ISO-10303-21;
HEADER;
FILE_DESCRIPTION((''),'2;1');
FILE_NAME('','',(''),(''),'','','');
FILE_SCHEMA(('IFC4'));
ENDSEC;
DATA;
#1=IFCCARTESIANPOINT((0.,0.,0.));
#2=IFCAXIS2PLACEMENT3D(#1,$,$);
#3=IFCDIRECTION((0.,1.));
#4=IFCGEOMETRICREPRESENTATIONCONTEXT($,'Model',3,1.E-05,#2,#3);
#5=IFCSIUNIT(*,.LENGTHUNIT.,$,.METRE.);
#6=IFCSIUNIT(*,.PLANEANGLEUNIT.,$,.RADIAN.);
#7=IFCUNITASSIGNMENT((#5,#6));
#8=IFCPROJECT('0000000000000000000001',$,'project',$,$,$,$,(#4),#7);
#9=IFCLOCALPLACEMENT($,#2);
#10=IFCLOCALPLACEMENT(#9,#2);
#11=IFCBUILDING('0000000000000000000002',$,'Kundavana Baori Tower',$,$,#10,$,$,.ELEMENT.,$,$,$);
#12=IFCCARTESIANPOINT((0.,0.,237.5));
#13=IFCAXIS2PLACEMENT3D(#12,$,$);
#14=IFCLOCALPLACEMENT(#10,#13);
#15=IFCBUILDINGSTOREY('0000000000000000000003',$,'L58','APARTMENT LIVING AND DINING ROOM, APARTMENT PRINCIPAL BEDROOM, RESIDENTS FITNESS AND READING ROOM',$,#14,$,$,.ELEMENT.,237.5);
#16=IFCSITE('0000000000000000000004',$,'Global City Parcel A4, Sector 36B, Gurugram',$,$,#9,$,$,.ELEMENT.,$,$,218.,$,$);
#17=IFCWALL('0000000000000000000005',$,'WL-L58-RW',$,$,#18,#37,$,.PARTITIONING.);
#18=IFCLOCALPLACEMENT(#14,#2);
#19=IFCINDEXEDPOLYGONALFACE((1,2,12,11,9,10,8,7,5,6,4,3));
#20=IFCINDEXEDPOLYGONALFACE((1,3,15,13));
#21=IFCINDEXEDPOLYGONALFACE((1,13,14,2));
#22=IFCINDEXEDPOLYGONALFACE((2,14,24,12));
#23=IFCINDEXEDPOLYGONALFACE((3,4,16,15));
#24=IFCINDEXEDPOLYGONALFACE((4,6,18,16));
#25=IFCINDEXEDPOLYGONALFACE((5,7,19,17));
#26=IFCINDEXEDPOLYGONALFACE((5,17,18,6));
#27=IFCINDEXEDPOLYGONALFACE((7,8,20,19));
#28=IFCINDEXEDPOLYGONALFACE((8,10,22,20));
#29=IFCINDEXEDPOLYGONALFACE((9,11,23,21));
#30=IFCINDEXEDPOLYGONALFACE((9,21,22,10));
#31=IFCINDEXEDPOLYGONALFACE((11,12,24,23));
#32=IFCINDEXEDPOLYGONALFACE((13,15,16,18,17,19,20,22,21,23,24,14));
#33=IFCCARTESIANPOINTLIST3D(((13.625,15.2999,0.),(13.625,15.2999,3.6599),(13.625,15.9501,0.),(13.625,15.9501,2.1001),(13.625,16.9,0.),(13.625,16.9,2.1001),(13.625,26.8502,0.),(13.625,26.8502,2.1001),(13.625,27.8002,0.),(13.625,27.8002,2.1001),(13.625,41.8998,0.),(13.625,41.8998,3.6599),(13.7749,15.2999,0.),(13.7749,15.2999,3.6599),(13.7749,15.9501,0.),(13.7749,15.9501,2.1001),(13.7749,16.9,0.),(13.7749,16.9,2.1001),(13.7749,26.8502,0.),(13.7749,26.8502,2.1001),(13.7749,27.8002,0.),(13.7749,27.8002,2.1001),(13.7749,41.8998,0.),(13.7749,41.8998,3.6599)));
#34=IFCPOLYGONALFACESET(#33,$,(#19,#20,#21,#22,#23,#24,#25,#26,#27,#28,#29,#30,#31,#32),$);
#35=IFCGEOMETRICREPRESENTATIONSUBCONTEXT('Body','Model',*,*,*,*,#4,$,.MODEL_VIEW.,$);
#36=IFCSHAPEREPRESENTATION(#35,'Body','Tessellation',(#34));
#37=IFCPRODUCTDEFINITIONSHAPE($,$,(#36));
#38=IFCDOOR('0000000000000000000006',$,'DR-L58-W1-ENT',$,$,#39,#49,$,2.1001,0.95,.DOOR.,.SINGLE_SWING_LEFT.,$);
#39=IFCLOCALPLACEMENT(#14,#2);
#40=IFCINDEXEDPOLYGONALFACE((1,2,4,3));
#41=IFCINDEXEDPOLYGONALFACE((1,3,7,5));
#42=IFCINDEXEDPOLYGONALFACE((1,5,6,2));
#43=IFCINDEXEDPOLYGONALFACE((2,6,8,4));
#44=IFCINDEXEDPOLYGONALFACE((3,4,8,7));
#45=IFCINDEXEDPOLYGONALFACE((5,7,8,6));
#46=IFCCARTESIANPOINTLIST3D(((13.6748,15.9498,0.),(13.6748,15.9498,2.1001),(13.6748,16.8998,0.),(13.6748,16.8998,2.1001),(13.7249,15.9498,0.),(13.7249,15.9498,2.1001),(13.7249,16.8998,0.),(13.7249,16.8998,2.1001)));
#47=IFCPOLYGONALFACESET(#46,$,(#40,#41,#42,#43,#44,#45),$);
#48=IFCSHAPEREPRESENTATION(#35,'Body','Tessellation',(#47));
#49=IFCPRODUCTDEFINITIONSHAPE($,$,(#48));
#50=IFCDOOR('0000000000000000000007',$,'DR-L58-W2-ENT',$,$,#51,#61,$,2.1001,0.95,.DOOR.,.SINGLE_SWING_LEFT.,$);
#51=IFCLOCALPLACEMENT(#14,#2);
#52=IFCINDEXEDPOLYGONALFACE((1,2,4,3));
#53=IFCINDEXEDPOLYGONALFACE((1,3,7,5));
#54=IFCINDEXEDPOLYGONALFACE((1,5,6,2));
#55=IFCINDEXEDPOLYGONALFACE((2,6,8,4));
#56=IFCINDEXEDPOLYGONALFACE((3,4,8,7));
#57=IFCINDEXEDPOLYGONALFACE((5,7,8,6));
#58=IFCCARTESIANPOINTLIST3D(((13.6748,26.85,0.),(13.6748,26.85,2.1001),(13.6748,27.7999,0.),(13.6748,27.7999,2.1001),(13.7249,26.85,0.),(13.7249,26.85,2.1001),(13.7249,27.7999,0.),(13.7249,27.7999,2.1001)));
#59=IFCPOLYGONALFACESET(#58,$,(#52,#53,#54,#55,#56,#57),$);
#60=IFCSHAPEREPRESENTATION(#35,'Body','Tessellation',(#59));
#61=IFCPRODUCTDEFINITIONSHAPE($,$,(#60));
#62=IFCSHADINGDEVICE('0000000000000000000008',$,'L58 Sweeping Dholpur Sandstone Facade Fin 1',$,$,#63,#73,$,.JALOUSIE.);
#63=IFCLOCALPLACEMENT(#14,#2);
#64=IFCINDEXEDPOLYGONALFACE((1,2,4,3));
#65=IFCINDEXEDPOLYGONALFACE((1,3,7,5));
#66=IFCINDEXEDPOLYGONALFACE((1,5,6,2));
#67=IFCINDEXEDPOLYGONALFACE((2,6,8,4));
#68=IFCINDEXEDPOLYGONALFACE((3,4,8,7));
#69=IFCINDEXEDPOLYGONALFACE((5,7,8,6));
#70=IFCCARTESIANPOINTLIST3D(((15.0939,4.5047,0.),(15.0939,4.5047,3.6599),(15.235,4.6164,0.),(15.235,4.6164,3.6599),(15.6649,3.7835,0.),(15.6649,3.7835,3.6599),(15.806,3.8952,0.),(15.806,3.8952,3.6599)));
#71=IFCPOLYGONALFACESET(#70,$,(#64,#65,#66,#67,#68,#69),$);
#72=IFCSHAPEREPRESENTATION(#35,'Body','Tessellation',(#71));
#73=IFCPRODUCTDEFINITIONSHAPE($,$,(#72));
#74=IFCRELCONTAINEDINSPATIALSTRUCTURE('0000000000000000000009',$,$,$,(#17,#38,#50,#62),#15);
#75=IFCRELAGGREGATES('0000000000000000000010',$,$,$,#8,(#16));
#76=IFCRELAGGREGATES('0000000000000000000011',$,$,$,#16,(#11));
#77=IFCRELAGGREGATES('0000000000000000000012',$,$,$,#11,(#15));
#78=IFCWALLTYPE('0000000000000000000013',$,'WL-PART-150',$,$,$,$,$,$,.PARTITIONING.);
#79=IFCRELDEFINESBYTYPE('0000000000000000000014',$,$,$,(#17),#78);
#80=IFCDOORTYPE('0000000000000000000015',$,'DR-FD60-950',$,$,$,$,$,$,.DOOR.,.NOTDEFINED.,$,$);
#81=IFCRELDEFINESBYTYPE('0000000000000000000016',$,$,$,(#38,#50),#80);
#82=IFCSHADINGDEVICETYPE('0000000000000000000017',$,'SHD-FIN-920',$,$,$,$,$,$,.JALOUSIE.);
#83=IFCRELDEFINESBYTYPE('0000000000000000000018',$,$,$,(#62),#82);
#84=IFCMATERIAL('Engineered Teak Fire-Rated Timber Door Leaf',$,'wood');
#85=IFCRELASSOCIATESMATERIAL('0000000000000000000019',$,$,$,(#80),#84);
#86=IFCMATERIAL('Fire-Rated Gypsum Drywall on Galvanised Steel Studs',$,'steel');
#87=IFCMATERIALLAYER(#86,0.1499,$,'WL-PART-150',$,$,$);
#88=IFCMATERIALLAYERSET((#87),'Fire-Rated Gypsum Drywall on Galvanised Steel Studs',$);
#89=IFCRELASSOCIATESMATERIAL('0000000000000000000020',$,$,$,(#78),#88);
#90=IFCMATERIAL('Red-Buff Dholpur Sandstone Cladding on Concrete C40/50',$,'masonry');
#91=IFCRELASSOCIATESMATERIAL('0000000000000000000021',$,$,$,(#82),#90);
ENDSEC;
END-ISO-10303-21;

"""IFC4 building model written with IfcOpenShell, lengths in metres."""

from ifc_helpers import new_model, si_unit, direction, frame, frame_2d, origin, origin_2d, place, context, subcontext, project, spatial, rectangle, extrude, material, layer, layer_set, type_object, element, fill, save


model = new_model("IFC4")

# Units and contexts
model_context = context("Model", 3, precision=1e-05, world=origin(), true_north=direction((0.0, 1.0)))
body_context = subcontext(model_context, "Body", "Model", "MODEL_VIEW")
ifc_project = project(units=[si_unit("LENGTHUNIT", "METRE"), si_unit("PLANEANGLEUNIT", "RADIAN")], contexts=[model_context])

# Site, building, storey
site_placement = place(None, origin())
site = spatial("IfcSite", under=ifc_project, at=site_placement, Name="Global City Parcel A4, Sector 36B, Gurugram", CompositionType="ELEMENT", RefElevation=218.0)
building_placement = place(site_placement, origin())
building = spatial("IfcBuilding", under=site, at=building_placement, Name="Kundavana Baori Tower", CompositionType="ELEMENT")
storey_placement = place(building_placement, frame((0.0, 0.0, 237.5)))
storey = spatial("IfcBuildingStorey", under=building, at=storey_placement, Name="L58", Description="APARTMENT LIVING AND DINING ROOM, APARTMENT PRINCIPAL BEDROOM, RESIDENTS FITNESS AND READING ROOM", CompositionType="ELEMENT", Elevation=237.5)

# Shared definitions
ifc_material_1 = material(Name="Engineered Teak Fire-Rated Timber Door Leaf", Category="wood")
door_type_1 = type_object("IfcDoorType", Name="DR-FD60-950", OperationType="NOTDEFINED", PredefinedType="DOOR", material=ifc_material_1)

# Shared definitions
ifc_material_2 = material(Name="Fire-Rated Gypsum Drywall on Galvanised Steel Studs", Category="steel")
ifc_layer_1 = layer(ifc_material_2, 0.1499, Name="WL-PART-150")
ifc_layer_set_1 = layer_set([ifc_layer_1], Name="Fire-Rated Gypsum Drywall on Galvanised Steel Studs")
wall_type_1 = type_object("IfcWallType", Name="WL-PART-150", PredefinedType="PARTITIONING", material=ifc_layer_set_1)

# Wall, openings, doors
wall_1_placement = place(storey_placement, frame((13.7, 15.3, 0.0), z_axis=(0.0, 0.0, 1.0), x_axis=(0.0, 1.0, 0.0)))
wall_1 = element("IfcWall", 1, at=wall_1_placement, inside=storey, type_object=wall_type_1, Name="WL-L58-RW", PredefinedType="PARTITIONING", context=body_context, shape_type="SweptSolid", body=[
    extrude(rectangle(XDim=26.5999, YDim=0.1499, at=frame_2d((13.2998, 0.0))), origin(), (0.0, 0.0, 1.0), 3.6599),
])
opening_1_placement = place(wall_1_placement, frame((0.6499, 0.0, 0.0)))
opening_1 = element("IfcOpeningElement", 2, at=opening_1_placement, cuts=wall_1, PredefinedType="OPENING", context=body_context, shape_type="SweptSolid", body=[
    extrude(rectangle(XDim=0.95, YDim=2.1001, at=frame_2d((0.4751, 1.05))), frame((0.0, 0.085, 0.0), z_axis=(0.0, -1.0, 0.0), x_axis=(1.0, 0.0, 0.0)), (0.0, 0.0, 1.0), 0.1699),
])
opening_2_placement = place(wall_1_placement, frame((11.55, 0.0, 0.0)))
opening_2 = element("IfcOpeningElement", 3, at=opening_2_placement, cuts=wall_1, PredefinedType="OPENING", context=body_context, shape_type="SweptSolid", body=[
    extrude(rectangle(XDim=0.95, YDim=2.1001, at=frame_2d((0.4751, 1.05))), frame((0.0, 0.085, 0.0), z_axis=(0.0, -1.0, 0.0), x_axis=(1.0, 0.0, 0.0)), (0.0, 0.0, 1.0), 0.1699),
])
door_1_placement = place(opening_1_placement, frame((0.95, 0.0, 0.0), z_axis=(0.0, 0.0, 1.0), x_axis=(-1.0, 0.0, 0.0)))
door_1 = element("IfcDoor", 4, at=door_1_placement, inside=storey, type_object=door_type_1, Name="DR-L58-W1-ENT", OperationType="SINGLE_SWING_LEFT", OverallHeight=2.1001, OverallWidth=0.95, PredefinedType="DOOR", context=body_context, shape_type="SweptSolid", body=[
    extrude(rectangle(XDim=0.95, YDim=2.1001, at=frame_2d((0.4751, 1.05))), frame((0.0, 0.0249, 0.0), z_axis=(0.0, -1.0, 0.0), x_axis=(1.0, 0.0, 0.0)), (0.0, 0.0, 1.0), 0.05),
])
fill(opening_1, door_1)
door_2_placement = place(opening_2_placement, frame((0.95, 0.0, 0.0), z_axis=(0.0, 0.0, 1.0), x_axis=(-1.0, 0.0, 0.0)))
door_2 = element("IfcDoor", 5, at=door_2_placement, inside=storey, type_object=door_type_1, Name="DR-L58-W2-ENT", OperationType="SINGLE_SWING_LEFT", OverallHeight=2.1001, OverallWidth=0.95, PredefinedType="DOOR", context=body_context, shape_type="SweptSolid", body=[
    extrude(rectangle(XDim=0.95, YDim=2.1001, at=frame_2d((0.4751, 1.05))), frame((0.0, 0.0249, 0.0), z_axis=(0.0, -1.0, 0.0), x_axis=(1.0, 0.0, 0.0)), (0.0, 0.0, 1.0), 0.05),
])
fill(opening_2, door_2)

# Shading device
ifc_material_3 = material(Name="Red-Buff Dholpur Sandstone Cladding on Concrete C40/50", Category="masonry")
shading_device_type = type_object("IfcShadingDeviceType", Name="SHD-FIN-920", PredefinedType="JALOUSIE", material=ifc_material_3)
shading_device_placement = place(storey_placement, frame((15.45, 4.2, 0.0), z_axis=(0.0, 0.0, 1.0), x_axis=(0.784019, 0.620737, 0.0)))
element("IfcShadingDevice", 6, at=shading_device_placement, inside=storey, type_object=shading_device_type, Name="L58 Sweeping Dholpur Sandstone Facade Fin 1", PredefinedType="JALOUSIE", context=body_context, shape_type="SweptSolid", body=[
    extrude(rectangle(XDim=0.1799, YDim=0.9199, at=origin_2d()), origin(), (0.0, 0.0, 1.0), 3.6599),
])

save(model, "model.ifc")
